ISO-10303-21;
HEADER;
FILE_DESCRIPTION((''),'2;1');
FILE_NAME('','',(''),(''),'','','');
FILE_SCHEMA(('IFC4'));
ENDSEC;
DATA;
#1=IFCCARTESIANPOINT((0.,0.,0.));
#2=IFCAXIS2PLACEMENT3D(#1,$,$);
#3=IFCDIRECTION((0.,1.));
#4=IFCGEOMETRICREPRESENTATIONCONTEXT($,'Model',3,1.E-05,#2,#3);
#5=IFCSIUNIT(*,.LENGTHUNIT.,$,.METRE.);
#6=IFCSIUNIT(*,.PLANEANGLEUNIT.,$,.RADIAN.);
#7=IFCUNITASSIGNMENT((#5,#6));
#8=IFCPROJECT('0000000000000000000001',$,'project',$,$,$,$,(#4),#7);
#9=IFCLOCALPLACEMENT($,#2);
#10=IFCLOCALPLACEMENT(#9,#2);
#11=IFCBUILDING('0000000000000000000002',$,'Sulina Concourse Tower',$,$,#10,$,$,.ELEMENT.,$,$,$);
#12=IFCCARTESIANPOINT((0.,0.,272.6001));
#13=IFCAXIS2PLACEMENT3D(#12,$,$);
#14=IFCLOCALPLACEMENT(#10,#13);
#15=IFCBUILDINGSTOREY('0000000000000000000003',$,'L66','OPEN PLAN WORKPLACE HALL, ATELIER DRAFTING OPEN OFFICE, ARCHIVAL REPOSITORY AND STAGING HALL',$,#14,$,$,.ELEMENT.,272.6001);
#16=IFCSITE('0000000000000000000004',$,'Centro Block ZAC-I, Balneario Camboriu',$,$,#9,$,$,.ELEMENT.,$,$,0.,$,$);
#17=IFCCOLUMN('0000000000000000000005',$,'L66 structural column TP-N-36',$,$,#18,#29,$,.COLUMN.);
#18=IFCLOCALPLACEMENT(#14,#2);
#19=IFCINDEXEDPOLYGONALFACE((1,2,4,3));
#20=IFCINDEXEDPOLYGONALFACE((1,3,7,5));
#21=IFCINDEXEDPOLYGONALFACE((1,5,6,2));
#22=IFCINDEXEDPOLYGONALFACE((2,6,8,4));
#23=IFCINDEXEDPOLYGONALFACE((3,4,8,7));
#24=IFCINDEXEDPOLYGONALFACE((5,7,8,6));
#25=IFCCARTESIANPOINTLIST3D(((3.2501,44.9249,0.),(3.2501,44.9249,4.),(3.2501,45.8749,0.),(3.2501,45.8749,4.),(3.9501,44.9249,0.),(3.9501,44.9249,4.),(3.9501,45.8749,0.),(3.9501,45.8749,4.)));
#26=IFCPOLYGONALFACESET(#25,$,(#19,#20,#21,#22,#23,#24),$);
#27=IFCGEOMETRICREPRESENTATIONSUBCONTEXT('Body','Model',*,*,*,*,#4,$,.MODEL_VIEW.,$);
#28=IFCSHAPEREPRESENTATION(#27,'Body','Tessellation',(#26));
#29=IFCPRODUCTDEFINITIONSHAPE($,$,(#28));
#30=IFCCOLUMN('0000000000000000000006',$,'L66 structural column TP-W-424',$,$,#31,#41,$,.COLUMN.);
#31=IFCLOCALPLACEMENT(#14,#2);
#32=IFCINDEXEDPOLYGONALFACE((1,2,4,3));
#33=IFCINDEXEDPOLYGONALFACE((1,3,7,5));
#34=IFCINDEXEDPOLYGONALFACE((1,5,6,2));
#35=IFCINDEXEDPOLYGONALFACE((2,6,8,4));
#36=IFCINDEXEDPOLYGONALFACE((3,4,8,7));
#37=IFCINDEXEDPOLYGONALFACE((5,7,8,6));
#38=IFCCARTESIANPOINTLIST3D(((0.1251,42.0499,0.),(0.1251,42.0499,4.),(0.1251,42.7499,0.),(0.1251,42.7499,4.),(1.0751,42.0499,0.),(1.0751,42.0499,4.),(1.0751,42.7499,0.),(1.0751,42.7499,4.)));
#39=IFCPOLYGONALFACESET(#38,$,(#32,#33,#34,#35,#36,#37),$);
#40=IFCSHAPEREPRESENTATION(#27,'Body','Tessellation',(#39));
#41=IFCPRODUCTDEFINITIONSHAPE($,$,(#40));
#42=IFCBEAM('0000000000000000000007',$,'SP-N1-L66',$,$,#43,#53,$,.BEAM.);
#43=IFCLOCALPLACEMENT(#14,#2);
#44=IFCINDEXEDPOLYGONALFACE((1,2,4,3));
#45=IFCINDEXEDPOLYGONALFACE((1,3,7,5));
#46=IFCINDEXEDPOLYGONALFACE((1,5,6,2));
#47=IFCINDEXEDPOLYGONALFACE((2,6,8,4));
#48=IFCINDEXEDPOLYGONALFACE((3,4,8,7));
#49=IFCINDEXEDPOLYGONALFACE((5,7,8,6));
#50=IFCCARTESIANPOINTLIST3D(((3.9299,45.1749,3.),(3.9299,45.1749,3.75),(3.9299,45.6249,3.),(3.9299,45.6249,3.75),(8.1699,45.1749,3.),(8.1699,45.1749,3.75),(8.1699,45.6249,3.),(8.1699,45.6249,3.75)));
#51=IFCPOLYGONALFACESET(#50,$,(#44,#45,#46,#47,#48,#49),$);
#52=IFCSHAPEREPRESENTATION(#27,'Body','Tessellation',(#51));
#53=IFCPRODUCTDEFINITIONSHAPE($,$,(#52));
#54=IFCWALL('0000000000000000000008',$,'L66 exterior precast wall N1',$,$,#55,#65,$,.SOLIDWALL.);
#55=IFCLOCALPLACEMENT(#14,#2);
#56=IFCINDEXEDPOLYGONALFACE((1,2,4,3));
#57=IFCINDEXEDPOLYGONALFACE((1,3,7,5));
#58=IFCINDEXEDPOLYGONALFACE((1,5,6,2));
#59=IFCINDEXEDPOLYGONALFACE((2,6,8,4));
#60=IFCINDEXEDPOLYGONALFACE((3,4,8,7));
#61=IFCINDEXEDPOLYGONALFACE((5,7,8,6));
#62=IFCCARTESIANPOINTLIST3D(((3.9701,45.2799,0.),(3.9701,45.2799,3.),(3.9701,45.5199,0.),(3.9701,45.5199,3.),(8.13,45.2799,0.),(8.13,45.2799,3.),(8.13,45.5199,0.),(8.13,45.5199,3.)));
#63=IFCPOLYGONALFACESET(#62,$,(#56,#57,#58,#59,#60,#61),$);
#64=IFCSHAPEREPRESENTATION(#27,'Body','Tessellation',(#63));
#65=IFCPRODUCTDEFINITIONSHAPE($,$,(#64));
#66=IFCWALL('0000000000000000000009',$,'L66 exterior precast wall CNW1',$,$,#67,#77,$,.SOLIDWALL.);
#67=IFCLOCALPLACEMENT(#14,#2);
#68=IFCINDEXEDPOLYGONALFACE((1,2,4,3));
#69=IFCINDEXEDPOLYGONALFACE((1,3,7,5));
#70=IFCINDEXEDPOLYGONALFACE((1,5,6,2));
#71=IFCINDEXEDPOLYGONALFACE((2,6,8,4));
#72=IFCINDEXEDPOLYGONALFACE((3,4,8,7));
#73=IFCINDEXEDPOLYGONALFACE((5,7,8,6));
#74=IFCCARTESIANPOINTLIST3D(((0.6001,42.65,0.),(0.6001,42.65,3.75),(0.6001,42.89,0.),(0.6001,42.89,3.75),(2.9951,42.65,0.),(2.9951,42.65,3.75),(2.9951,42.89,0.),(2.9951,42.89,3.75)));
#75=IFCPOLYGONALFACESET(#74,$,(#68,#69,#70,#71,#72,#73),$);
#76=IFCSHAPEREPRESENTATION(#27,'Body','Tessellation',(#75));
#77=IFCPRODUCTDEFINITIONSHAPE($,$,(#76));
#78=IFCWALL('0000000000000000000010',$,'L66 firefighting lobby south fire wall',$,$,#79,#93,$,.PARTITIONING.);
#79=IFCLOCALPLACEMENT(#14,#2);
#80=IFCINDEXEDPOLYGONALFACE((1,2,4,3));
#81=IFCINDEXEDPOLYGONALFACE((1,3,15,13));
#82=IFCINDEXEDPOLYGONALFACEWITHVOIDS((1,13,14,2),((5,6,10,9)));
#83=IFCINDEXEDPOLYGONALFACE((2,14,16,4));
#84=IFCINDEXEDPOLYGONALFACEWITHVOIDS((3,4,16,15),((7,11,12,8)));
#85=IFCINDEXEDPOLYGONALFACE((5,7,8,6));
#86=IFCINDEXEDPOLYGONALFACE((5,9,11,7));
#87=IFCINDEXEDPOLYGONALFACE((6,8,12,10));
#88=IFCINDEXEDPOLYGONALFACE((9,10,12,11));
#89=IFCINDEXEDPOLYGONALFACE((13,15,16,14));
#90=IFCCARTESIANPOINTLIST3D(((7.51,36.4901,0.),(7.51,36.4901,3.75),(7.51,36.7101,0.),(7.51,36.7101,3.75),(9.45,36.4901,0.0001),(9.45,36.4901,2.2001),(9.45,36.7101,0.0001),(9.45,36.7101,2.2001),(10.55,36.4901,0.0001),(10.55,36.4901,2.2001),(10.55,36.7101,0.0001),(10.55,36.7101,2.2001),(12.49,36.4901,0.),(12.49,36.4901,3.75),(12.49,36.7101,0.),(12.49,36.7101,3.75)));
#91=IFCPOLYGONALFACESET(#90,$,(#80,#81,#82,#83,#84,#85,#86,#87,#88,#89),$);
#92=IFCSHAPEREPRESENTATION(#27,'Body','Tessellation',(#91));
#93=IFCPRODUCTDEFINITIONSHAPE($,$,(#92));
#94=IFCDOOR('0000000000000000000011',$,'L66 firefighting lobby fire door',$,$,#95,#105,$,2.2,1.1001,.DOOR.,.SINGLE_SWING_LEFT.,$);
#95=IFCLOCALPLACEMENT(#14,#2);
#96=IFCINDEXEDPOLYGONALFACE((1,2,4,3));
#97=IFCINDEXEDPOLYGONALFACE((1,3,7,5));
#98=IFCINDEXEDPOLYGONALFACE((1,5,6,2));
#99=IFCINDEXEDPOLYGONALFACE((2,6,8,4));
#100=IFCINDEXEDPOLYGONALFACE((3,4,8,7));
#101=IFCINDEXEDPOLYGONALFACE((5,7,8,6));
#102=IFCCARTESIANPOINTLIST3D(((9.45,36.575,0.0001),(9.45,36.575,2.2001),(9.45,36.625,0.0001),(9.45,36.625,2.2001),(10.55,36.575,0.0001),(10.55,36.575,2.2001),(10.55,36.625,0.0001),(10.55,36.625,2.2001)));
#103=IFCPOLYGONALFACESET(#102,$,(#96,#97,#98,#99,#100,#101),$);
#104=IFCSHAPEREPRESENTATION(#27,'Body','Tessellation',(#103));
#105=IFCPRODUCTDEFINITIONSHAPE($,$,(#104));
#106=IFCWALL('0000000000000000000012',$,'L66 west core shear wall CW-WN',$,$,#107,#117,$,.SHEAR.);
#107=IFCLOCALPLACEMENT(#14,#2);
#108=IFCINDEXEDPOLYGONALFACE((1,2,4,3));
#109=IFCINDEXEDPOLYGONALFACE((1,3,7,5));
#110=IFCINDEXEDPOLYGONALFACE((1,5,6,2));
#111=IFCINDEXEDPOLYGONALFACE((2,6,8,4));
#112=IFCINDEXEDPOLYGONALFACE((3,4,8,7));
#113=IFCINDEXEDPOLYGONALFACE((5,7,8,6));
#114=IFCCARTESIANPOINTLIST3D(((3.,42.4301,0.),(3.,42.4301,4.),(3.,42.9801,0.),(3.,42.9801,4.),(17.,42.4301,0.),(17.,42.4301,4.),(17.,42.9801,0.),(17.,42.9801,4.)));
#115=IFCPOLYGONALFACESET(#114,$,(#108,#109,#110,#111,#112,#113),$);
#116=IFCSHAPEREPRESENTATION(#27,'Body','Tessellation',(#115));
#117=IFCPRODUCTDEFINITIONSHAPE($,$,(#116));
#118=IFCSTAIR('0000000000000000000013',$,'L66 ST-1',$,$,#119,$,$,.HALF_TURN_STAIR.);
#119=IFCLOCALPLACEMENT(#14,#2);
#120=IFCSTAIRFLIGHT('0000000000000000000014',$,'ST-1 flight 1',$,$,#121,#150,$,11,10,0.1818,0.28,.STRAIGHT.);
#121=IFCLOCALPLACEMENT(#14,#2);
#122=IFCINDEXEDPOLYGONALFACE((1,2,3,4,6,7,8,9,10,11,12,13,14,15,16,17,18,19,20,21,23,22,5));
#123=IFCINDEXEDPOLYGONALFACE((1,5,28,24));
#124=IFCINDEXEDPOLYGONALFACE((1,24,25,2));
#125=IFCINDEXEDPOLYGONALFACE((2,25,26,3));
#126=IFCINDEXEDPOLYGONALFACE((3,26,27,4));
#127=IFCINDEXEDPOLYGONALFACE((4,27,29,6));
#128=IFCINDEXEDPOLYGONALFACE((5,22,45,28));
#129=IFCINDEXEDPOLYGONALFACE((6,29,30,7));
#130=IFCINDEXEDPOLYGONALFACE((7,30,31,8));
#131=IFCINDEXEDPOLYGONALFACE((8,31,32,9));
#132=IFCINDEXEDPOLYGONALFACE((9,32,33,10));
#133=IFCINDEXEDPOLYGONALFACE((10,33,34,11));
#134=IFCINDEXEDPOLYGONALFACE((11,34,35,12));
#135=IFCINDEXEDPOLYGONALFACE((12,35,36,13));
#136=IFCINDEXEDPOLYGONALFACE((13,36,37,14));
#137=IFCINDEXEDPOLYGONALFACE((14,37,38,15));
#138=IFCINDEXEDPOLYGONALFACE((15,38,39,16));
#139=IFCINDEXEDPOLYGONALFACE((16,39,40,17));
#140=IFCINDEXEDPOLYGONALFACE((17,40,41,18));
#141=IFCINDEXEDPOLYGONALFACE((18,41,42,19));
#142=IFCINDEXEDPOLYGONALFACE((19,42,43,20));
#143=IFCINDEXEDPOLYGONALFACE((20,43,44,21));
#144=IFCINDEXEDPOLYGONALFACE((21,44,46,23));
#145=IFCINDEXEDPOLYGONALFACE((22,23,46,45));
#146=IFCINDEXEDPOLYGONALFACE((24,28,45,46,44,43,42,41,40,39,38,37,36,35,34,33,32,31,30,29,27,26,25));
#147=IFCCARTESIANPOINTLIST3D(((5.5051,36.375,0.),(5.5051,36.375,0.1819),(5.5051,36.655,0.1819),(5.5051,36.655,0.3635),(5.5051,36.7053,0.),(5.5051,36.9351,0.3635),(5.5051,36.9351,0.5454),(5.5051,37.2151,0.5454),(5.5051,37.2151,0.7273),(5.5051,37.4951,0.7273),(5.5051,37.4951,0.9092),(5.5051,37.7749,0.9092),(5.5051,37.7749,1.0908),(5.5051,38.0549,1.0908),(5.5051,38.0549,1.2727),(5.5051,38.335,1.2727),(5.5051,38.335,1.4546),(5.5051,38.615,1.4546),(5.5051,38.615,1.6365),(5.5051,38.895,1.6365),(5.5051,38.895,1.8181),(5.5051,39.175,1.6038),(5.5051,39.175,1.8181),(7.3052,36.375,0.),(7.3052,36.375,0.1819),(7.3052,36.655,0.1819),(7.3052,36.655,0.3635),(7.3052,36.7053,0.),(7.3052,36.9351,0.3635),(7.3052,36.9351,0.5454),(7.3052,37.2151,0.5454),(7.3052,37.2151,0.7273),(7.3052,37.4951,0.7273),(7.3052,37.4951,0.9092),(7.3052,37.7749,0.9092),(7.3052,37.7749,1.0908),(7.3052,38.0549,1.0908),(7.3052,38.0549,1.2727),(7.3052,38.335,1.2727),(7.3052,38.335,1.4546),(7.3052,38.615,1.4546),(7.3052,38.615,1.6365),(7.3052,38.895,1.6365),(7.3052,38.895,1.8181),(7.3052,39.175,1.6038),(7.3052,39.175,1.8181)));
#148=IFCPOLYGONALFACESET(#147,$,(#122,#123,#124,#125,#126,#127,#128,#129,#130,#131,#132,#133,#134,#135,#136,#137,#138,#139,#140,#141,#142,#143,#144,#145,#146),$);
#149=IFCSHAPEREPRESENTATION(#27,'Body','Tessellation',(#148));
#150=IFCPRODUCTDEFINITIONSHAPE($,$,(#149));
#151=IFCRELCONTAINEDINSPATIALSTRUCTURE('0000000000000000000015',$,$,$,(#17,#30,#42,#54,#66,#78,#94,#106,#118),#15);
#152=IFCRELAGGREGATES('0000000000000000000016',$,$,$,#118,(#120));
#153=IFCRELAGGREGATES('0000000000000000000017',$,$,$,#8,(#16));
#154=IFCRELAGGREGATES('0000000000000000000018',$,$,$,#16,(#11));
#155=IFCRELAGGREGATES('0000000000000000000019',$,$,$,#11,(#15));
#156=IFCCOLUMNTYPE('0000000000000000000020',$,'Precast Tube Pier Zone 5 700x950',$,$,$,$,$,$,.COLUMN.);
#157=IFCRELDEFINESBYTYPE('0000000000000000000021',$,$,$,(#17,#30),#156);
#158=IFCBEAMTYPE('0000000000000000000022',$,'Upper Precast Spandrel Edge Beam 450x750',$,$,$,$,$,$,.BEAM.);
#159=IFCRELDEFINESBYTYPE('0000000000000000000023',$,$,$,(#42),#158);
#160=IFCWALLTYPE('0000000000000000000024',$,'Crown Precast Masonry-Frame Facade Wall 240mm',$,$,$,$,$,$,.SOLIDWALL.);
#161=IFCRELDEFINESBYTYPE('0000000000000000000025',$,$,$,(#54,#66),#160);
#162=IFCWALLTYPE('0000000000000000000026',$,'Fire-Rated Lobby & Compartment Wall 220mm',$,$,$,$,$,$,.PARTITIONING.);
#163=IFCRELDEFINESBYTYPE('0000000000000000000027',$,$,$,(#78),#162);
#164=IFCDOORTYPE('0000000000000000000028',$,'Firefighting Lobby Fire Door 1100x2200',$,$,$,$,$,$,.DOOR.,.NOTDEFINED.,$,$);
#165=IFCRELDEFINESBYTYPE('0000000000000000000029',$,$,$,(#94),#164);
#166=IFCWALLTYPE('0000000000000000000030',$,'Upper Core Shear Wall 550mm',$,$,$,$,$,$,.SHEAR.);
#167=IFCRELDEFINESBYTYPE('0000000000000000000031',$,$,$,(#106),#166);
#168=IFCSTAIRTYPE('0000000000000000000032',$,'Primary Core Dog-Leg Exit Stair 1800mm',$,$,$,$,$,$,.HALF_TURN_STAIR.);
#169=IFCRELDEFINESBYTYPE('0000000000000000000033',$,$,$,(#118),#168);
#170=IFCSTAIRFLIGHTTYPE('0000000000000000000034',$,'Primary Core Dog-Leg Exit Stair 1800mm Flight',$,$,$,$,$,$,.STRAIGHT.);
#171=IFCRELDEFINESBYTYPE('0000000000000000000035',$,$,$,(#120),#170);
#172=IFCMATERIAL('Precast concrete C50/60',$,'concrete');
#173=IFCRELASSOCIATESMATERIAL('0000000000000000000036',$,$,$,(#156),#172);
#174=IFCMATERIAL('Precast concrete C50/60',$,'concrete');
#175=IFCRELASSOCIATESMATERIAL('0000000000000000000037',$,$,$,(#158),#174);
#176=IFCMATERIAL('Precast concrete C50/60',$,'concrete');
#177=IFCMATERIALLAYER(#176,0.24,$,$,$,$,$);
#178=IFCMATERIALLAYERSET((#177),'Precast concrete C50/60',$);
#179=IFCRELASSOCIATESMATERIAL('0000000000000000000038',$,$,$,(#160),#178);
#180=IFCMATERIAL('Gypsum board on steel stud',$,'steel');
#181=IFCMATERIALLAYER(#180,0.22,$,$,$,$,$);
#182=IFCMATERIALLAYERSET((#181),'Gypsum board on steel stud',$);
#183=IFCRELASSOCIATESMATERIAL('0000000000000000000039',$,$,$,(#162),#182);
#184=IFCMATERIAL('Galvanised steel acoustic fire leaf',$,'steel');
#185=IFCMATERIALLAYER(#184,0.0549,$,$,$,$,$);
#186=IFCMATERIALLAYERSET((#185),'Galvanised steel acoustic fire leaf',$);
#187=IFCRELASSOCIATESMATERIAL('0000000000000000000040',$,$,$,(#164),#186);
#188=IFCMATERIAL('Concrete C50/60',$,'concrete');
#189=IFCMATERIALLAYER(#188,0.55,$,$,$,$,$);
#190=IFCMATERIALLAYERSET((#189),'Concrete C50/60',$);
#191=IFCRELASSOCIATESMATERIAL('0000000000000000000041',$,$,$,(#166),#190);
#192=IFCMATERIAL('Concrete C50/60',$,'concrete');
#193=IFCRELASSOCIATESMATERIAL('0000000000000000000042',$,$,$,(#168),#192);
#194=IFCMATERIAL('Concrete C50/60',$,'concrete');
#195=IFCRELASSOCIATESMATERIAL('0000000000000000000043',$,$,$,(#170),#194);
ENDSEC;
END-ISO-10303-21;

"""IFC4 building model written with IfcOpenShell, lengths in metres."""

from ifc_helpers import new_model, si_unit, direction, frame, frame_2d, origin, origin_2d, place, context, subcontext, project, spatial, polyline, rectangle, outline, extrude, material, layer, layer_set, material_profile, profile_set, type_object, element, fill, aggregate, save


model = new_model("IFC4")

# Units and contexts
model_context = context("Model", 3, precision=1e-05, world=origin(), true_north=direction((0.0, 1.0)))
body_context = subcontext(model_context, "Body", "Model", "MODEL_VIEW")
ifc_project = project(units=[si_unit("LENGTHUNIT", "METRE"), si_unit("PLANEANGLEUNIT", "RADIAN")], contexts=[model_context])

# Site, building, storey
site_placement = place(None, origin())
site = spatial("IfcSite", under=ifc_project, at=site_placement, Name="Centro Block ZAC-I, Balneario Camboriu", CompositionType="ELEMENT", RefElevation=0.0)
building_placement = place(site_placement, origin())
building = spatial("IfcBuilding", under=site, at=building_placement, Name="Sulina Concourse Tower", CompositionType="ELEMENT")
storey_placement = place(building_placement, frame((0.0, 0.0, 272.6001)))
storey = spatial("IfcBuildingStorey", under=building, at=storey_placement, Name="L66", Description="OPEN PLAN WORKPLACE HALL, ATELIER DRAFTING OPEN OFFICE, ARCHIVAL REPOSITORY AND STAGING HALL", CompositionType="ELEMENT", Elevation=272.6001)

# Columns
ifc_material_1 = material(Name="Precast concrete C50/60", Category="concrete")
ifc_material_profile_1 = material_profile(ifc_material_1, rectangle(XDim=0.7, YDim=0.95, at=origin_2d()), Name="PC 700x950")
ifc_profile_set_1 = profile_set([ifc_material_profile_1], Name="Precast concrete C50/60")
column_type = type_object("IfcColumnType", Name="Precast Tube Pier Zone 5 700x950", PredefinedType="COLUMN", material=ifc_profile_set_1)
for number, where, z_axis, x_axis, name in (
    (1, (3.6001, 45.3999, 0.0), (0.0, 0.0, 1.0), (1.0, 0.0, 0.0), "L66 structural column TP-N-36"),
    (2, (0.6001, 42.3999, 0.0), (0.0, 0.0, 1.0), (0.0, 1.0, 0.0), "L66 structural column TP-W-424"),
):
    element("IfcColumn", number, at=place(storey_placement, frame(where, z_axis=z_axis, x_axis=x_axis)), inside=storey, type_object=column_type, Name=name, PredefinedType="COLUMN", context=body_context, shape_type="SweptSolid", body=[
        extrude(rectangle(XDim=0.7, YDim=0.95, at=origin_2d()), origin(), (0.0, 0.0, 1.0), 4.0),
    ])

# Beam
ifc_material_2 = material(Name="Precast concrete C50/60", Category="concrete")
ifc_material_profile_2 = material_profile(ifc_material_2, rectangle(XDim=0.45, YDim=0.75, at=origin_2d()), Name="RC 450x750")
ifc_profile_set_2 = profile_set([ifc_material_profile_2], Name="Precast concrete C50/60")
beam_type = type_object("IfcBeamType", Name="Upper Precast Spandrel Edge Beam 450x750", PredefinedType="BEAM", material=ifc_profile_set_2)
beam_placement = place(storey_placement, frame((3.9299, 45.3999, 3.375), z_axis=(1.0, 0.0, 0.0), x_axis=(0.0, 1.0, 0.0)))
element("IfcBeam", 3, at=beam_placement, inside=storey, type_object=beam_type, Name="SP-N1-L66", PredefinedType="BEAM", context=body_context, shape_type="SweptSolid", body=[
    extrude(rectangle(XDim=0.45, YDim=0.75, at=origin_2d()), origin(), (0.0, 0.0, 1.0), 4.24),
])

# Walls
ifc_material_3 = material(Name="Precast concrete C50/60", Category="concrete")
ifc_layer_1 = layer(ifc_material_3, 0.24)
ifc_layer_set_1 = layer_set([ifc_layer_1], Name="Precast concrete C50/60")
wall_type_1 = type_object("IfcWallType", Name="Crown Precast Masonry-Frame Facade Wall 240mm", PredefinedType="SOLIDWALL", material=ifc_layer_set_1)
wall_1_placement = place(storey_placement, frame((3.97, 45.3999, 0.0), z_axis=(0.0, 0.0, 1.0), x_axis=(1.0, 0.0, 0.0)))
element("IfcWall", 4, at=wall_1_placement, inside=storey, type_object=wall_type_1, Name="L66 exterior precast wall N1", PredefinedType="SOLIDWALL", context=body_context, shape_type="SweptSolid", body=[
    extrude(rectangle(XDim=4.1599, YDim=0.24, at=frame_2d((2.0801, 0.0))), origin(), (0.0, 0.0, 1.0), 3.0),
])
wall_2_placement = place(storey_placement, frame((0.6001, 42.77, 0.0), z_axis=(0.0, 0.0, 1.0), x_axis=(1.0, 0.0, 0.0)))
element("IfcWall", 5, at=wall_2_placement, inside=storey, type_object=wall_type_1, Name="L66 exterior precast wall CNW1", PredefinedType="SOLIDWALL", context=body_context, shape_type="SweptSolid", body=[
    extrude(rectangle(XDim=2.395, YDim=0.24, at=frame_2d((1.1975, 0.0))), origin(), (0.0, 0.0, 1.0), 3.75),
])

# Wall, opening, door
ifc_material_4 = material(Name="Gypsum board on steel stud", Category="steel")
ifc_layer_2 = layer(ifc_material_4, 0.22)
ifc_layer_set_2 = layer_set([ifc_layer_2], Name="Gypsum board on steel stud")
wall_type_2 = type_object("IfcWallType", Name="Fire-Rated Lobby & Compartment Wall 220mm", PredefinedType="PARTITIONING", material=ifc_layer_set_2)
wall_3_placement = place(storey_placement, frame((7.51, 36.6001, 0.0), z_axis=(0.0, 0.0, 1.0), x_axis=(1.0, 0.0, 0.0)))
wall_3 = element("IfcWall", 6, at=wall_3_placement, inside=storey, type_object=wall_type_2, Name="L66 firefighting lobby south fire wall", PredefinedType="PARTITIONING", context=body_context, shape_type="SweptSolid", body=[
    extrude(rectangle(XDim=4.98, YDim=0.22, at=frame_2d((2.49, 0.0))), origin(), (0.0, 0.0, 1.0), 3.75),
])
opening_placement = place(wall_3_placement, frame((1.9399, 0.0, 0.0)))
opening = element("IfcOpeningElement", 7, at=opening_placement, cuts=wall_3, PredefinedType="OPENING", context=body_context, shape_type="SweptSolid", body=[
    extrude(rectangle(XDim=1.1001, YDim=2.2, at=frame_2d((0.55, 1.1001))), frame((0.0, 0.1199, 0.0), z_axis=(0.0, -1.0, 0.0), x_axis=(1.0, 0.0, 0.0)), (0.0, 0.0, 1.0), 0.24),
])
ifc_material_5 = material(Name="Galvanised steel acoustic fire leaf", Category="steel")
ifc_layer_3 = layer(ifc_material_5, 0.0549)
ifc_layer_set_3 = layer_set([ifc_layer_3], Name="Galvanised steel acoustic fire leaf")
door_type = type_object("IfcDoorType", Name="Firefighting Lobby Fire Door 1100x2200", OperationType="NOTDEFINED", PredefinedType="DOOR", material=ifc_layer_set_3)
door_placement = place(opening_placement, origin())
door = element("IfcDoor", 8, at=door_placement, inside=storey, type_object=door_type, Name="L66 firefighting lobby fire door", OperationType="SINGLE_SWING_LEFT", OverallHeight=2.2, OverallWidth=1.1001, PredefinedType="DOOR", context=body_context, shape_type="SweptSolid", body=[
    extrude(rectangle(XDim=1.1001, YDim=2.2, at=frame_2d((0.55, 1.1001))), frame((0.0, 0.0249, 0.0), z_axis=(0.0, -1.0, 0.0), x_axis=(1.0, 0.0, 0.0)), (0.0, 0.0, 1.0), 0.05),
])
fill(opening, door)

# Wall
ifc_material_6 = material(Name="Concrete C50/60", Category="concrete")
ifc_layer_4 = layer(ifc_material_6, 0.55)
ifc_layer_set_4 = layer_set([ifc_layer_4], Name="Concrete C50/60")
wall_type_3 = type_object("IfcWallType", Name="Upper Core Shear Wall 550mm", PredefinedType="SHEAR", material=ifc_layer_set_4)
wall_4_placement = place(storey_placement, frame((3.0, 42.7051, 0.0), z_axis=(0.0, 0.0, 1.0), x_axis=(1.0, 0.0, 0.0)))
element("IfcWall", 9, at=wall_4_placement, inside=storey, type_object=wall_type_3, Name="L66 west core shear wall CW-WN", PredefinedType="SHEAR", context=body_context, shape_type="SweptSolid", body=[
    extrude(rectangle(XDim=14.0, YDim=0.55, at=frame_2d((7.0, 0.0))), origin(), (0.0, 0.0, 1.0), 4.0),
])

# Stair, stair flight
ifc_material_7 = material(Name="Concrete C50/60", Category="concrete")
stair_type = type_object("IfcStairType", Name="Primary Core Dog-Leg Exit Stair 1800mm", PredefinedType="HALF_TURN_STAIR", material=ifc_material_7)
stair_placement = place(storey_placement, origin())
stair = element("IfcStair", 10, at=stair_placement, inside=storey, type_object=stair_type, Name="L66 ST-1", PredefinedType="HALF_TURN_STAIR")
ifc_material_8 = material(Name="Concrete C50/60", Category="concrete")
stair_flight_type = type_object("IfcStairFlightType", Name="Primary Core Dog-Leg Exit Stair 1800mm Flight", PredefinedType="STRAIGHT", material=ifc_material_8)
stair_flight_1_placement = place(storey_placement, frame((6.405, 36.375, 0.0), z_axis=(0.0, 0.0, 1.0), x_axis=(0.0, 1.0, 0.0)))
stair_flight_1 = element("IfcStairFlight", 11, at=stair_flight_1_placement, type_object=stair_flight_type, Name="ST-1 flight 1", NumberOfRisers=11, NumberOfTreads=10, PredefinedType="STRAIGHT", RiserHeight=0.1818, TreadLength=0.28, context=body_context, shape_type="SweptSolid", body=[
    extrude(outline(polyline([(0.0, 0.0), (0.0, 0.1819), (0.28, 0.1819), (0.28, 0.3635), (0.5601, 0.3635), (0.5601, 0.5454), (0.8401, 0.5454), (0.8401, 0.7273), (1.1201, 0.7273), (1.1201, 0.9092), (1.3999, 0.9092), (1.3999, 1.0908), (1.6799, 1.0908), (1.6799, 1.2727), (1.96, 1.2727), (1.96, 1.4546), (2.24, 1.4546), (2.24, 1.6365), (2.52, 1.6365), (2.52, 1.8181), (2.8, 1.8181), (2.8, 2.0), (2.8, 1.6038), (0.3303, 0.0), (0.0, 0.0)])), frame((0.0, 0.8999, 0.0), z_axis=(0.0, -1.0, 0.0), x_axis=(1.0, 0.0, 0.0)), (0.0, 0.0, 1.0), 1.8),
])
aggregate(stair, [stair_flight_1])

save(model, "model.ifc")
